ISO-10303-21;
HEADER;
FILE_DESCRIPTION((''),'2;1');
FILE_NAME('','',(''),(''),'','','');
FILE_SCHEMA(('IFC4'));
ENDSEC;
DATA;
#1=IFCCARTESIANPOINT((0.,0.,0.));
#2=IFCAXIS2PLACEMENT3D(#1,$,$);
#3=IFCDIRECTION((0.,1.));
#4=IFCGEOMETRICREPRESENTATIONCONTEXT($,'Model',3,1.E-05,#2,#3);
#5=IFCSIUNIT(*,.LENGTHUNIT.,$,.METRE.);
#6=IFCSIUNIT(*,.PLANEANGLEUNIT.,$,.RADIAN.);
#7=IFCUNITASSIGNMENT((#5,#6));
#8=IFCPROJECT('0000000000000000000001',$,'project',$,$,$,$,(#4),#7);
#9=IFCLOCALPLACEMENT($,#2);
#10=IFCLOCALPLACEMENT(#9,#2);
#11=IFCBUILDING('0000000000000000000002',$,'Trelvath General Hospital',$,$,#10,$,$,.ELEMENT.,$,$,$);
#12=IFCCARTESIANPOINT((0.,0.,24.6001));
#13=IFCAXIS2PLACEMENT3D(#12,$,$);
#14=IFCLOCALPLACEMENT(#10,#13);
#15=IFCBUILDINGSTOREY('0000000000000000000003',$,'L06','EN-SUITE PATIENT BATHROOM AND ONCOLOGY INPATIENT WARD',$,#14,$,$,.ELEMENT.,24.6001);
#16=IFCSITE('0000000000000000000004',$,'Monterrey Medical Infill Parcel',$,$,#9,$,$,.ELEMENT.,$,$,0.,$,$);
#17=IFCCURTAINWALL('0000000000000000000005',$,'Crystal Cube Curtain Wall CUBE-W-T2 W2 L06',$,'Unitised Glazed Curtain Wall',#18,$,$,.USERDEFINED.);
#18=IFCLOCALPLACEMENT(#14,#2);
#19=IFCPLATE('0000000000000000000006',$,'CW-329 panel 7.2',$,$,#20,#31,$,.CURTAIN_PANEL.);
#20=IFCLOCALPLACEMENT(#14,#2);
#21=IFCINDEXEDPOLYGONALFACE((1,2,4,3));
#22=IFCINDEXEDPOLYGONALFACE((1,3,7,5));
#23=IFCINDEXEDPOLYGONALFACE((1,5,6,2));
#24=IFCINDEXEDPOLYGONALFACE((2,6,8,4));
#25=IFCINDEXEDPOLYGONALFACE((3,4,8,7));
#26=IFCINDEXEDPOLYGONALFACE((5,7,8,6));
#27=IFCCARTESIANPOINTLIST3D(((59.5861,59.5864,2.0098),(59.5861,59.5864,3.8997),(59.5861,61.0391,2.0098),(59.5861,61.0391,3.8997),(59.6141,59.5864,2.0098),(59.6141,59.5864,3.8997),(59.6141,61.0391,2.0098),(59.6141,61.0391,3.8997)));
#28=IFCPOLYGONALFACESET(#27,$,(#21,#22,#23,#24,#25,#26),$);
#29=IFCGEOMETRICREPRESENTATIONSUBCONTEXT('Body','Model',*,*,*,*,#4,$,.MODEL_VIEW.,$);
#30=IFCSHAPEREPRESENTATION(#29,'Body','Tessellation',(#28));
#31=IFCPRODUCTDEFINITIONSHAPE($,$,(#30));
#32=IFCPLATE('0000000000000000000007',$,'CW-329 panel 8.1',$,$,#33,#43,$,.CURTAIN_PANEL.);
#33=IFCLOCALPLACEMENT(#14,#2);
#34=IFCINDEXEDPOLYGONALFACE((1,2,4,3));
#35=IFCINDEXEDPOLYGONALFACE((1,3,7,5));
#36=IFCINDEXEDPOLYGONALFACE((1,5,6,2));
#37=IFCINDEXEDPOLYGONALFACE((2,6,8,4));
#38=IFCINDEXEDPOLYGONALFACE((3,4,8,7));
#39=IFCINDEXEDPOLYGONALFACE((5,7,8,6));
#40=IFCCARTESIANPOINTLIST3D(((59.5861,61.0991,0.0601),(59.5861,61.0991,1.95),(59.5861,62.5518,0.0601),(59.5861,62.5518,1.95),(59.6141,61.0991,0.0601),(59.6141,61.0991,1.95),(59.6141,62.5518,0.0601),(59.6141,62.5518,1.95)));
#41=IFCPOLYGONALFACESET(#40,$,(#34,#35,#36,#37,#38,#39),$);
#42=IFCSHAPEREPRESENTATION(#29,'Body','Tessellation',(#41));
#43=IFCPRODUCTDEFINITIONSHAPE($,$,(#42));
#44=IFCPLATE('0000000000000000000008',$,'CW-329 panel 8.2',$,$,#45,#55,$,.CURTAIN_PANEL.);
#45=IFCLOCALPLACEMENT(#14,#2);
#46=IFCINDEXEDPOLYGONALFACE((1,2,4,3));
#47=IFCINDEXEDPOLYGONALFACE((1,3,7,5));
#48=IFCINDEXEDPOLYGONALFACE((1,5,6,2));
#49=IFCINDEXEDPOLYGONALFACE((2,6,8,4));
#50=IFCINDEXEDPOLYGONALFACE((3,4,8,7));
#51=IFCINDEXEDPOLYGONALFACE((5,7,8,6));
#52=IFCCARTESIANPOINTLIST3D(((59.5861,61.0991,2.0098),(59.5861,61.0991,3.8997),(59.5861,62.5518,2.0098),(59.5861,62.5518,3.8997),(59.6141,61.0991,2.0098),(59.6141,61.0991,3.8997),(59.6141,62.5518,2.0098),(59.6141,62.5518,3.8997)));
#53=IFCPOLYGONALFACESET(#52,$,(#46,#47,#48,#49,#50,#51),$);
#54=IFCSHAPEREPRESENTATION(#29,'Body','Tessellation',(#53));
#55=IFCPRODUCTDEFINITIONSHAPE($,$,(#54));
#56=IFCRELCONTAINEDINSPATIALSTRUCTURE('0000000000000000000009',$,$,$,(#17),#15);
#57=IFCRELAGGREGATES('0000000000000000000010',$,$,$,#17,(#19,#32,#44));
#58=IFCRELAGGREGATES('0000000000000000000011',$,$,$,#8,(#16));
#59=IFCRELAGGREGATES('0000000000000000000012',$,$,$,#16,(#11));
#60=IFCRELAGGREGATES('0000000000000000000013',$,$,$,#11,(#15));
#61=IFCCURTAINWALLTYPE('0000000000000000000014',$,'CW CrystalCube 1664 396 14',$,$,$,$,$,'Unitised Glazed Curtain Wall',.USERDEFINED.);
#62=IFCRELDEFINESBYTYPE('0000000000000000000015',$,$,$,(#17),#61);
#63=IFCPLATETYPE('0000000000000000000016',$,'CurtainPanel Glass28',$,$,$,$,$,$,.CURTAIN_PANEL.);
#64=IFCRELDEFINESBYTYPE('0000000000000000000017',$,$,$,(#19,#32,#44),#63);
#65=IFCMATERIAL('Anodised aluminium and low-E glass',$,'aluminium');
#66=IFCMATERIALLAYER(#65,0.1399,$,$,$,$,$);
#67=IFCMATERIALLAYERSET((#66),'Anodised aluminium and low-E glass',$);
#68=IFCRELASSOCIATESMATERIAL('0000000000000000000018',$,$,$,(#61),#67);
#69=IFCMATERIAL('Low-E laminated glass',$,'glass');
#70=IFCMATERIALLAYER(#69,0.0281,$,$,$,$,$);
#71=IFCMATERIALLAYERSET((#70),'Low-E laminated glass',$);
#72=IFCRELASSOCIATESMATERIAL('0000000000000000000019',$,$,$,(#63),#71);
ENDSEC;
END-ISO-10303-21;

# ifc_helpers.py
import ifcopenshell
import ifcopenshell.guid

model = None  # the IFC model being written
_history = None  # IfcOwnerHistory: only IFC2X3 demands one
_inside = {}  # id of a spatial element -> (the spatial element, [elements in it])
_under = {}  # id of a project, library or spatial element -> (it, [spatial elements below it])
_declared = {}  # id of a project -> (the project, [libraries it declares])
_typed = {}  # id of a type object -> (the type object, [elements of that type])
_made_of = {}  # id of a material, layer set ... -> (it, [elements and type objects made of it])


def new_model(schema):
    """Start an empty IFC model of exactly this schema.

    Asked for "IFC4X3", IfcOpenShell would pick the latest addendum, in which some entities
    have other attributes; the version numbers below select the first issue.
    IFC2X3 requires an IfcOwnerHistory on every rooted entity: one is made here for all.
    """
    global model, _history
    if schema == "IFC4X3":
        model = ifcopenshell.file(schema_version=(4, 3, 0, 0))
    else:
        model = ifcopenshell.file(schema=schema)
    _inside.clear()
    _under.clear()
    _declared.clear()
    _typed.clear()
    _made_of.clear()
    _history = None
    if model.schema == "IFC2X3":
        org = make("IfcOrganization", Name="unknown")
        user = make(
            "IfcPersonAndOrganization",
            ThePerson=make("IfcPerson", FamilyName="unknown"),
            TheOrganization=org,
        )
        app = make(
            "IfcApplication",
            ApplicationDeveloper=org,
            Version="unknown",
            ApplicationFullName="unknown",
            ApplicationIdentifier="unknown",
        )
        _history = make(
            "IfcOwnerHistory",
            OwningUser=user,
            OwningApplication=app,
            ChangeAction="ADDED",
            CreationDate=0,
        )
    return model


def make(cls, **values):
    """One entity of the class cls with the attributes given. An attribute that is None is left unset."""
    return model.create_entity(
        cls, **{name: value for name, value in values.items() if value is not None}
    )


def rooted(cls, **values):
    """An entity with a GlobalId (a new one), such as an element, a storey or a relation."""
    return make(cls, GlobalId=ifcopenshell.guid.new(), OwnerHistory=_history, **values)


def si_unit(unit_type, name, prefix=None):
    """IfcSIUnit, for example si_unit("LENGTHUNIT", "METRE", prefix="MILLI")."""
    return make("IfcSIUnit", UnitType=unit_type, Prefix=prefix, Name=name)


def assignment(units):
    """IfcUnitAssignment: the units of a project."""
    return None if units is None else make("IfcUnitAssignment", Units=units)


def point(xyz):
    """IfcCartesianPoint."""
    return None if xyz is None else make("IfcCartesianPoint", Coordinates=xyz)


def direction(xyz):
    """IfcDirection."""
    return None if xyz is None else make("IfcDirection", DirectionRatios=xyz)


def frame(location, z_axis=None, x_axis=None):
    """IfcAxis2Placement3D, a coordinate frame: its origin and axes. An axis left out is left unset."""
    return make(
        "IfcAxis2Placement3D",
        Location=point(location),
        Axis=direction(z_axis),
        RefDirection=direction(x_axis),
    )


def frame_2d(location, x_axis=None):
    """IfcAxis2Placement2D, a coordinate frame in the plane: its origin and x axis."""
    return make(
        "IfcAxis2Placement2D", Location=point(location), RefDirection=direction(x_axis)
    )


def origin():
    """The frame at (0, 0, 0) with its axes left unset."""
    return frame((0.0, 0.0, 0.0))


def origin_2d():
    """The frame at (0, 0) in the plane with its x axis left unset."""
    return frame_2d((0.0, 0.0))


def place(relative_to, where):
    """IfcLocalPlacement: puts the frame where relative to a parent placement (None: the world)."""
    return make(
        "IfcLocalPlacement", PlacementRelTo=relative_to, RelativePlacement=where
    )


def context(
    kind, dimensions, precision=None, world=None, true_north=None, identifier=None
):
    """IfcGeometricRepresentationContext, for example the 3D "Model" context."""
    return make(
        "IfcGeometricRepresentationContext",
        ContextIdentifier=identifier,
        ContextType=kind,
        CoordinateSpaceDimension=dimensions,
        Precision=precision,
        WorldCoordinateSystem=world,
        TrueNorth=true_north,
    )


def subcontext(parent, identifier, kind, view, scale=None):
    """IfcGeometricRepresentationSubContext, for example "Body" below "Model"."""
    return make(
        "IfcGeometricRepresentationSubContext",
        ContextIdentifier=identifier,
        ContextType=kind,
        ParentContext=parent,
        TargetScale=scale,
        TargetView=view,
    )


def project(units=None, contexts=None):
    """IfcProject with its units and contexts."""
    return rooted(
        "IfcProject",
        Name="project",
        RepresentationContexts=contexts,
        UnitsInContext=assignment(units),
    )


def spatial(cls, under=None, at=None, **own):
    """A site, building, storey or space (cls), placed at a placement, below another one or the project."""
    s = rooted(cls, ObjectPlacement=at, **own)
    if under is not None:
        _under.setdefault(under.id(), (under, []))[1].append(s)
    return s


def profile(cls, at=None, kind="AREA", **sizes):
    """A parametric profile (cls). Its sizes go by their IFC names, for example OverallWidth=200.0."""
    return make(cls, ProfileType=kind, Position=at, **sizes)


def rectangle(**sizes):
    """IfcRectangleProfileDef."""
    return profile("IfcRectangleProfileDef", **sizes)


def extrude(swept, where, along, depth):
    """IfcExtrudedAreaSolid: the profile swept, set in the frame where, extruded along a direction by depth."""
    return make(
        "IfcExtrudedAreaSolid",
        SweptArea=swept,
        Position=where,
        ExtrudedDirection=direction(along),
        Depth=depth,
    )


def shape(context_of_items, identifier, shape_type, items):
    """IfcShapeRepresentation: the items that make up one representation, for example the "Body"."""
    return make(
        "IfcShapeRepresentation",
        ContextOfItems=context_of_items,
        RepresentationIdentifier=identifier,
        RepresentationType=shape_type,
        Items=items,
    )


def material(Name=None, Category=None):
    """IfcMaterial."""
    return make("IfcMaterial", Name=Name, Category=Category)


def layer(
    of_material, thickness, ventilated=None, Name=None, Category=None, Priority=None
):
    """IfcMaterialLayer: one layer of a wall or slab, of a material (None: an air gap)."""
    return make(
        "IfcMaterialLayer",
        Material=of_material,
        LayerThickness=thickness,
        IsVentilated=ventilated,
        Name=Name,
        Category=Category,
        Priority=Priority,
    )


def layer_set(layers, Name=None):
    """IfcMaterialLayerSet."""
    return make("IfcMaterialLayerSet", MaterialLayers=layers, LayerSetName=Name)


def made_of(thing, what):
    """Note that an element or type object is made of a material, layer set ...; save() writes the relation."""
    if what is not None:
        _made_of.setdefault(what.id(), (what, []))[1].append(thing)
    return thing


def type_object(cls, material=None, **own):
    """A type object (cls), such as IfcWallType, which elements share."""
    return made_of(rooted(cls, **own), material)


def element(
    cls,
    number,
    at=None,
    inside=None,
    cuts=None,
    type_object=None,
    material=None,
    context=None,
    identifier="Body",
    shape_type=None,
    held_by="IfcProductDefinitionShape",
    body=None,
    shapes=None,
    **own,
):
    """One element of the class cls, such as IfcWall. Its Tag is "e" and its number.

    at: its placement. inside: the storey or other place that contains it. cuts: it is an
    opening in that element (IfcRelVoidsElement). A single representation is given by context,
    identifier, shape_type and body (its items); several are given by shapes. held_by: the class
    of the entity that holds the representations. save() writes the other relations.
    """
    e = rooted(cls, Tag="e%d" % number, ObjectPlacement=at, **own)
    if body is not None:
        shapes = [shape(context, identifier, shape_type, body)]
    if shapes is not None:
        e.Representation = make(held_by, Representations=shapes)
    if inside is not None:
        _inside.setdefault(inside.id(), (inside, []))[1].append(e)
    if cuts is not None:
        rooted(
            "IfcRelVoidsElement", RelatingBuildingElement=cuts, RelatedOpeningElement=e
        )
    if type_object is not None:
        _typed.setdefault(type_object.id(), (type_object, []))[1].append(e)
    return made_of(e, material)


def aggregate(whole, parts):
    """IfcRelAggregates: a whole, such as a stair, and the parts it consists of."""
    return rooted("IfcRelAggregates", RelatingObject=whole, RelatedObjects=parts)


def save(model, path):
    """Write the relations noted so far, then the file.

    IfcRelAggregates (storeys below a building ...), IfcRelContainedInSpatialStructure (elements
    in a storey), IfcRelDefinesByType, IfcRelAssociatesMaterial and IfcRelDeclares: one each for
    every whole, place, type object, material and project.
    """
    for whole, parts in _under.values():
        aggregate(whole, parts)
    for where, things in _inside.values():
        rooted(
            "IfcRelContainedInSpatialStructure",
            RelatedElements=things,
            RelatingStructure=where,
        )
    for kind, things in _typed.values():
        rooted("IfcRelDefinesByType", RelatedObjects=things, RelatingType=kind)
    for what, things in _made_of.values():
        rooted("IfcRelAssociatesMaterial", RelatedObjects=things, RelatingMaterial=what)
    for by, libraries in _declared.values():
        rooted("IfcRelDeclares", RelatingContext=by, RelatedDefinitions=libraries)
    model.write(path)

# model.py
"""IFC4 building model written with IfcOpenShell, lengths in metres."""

from ifc_helpers import new_model, si_unit, direction, frame, origin, origin_2d, place, context, subcontext, project, spatial, rectangle, extrude, material, layer, layer_set, type_object, element, aggregate, save


model = new_model("IFC4")

# Units and contexts
model_context = context("Model", 3, precision=1e-05, world=origin(), true_north=direction((0.0, 1.0)))
body_context = subcontext(model_context, "Body", "Model", "MODEL_VIEW")
ifc_project = project(units=[si_unit("LENGTHUNIT", "METRE"), si_unit("PLANEANGLEUNIT", "RADIAN")], contexts=[model_context])

# Site, building, storey
site_placement = place(None, origin())
site = spatial("IfcSite", under=ifc_project, at=site_placement, Name="Monterrey Medical Infill Parcel", CompositionType="ELEMENT", RefElevation=0.0)
building_placement = place(site_placement, origin())
building = spatial("IfcBuilding", under=site, at=building_placement, Name="Trelvath General Hospital", CompositionType="ELEMENT")
storey_placement = place(building_placement, frame((0.0, 0.0, 24.6001)))
storey = spatial("IfcBuildingStorey", under=building, at=storey_placement, Name="L06", Description="EN-SUITE PATIENT BATHROOM AND ONCOLOGY INPATIENT WARD", CompositionType="ELEMENT", Elevation=24.6001)

# Curtain wall, plates
ifc_material_1 = material(Name="Anodised aluminium and low-E glass", Category="aluminium")
ifc_layer_1 = layer(ifc_material_1, 0.1399)
ifc_layer_set_1 = layer_set([ifc_layer_1], Name="Anodised aluminium and low-E glass")
curtain_wall_type = type_object("IfcCurtainWallType", Name="CW CrystalCube 1664 396 14", ElementType="Unitised Glazed Curtain Wall", PredefinedType="USERDEFINED", material=ifc_layer_set_1)
curtain_wall_placement = place(storey_placement, origin())
curtain_wall = element("IfcCurtainWall", 1, at=curtain_wall_placement, inside=storey, type_object=curtain_wall_type, Name="Crystal Cube Curtain Wall CUBE-W-T2 W2 L06", ObjectType="Unitised Glazed Curtain Wall", PredefinedType="USERDEFINED")
ifc_material_2 = material(Name="Low-E laminated glass", Category="glass")
ifc_layer_2 = layer(ifc_material_2, 0.0281)
ifc_layer_set_2 = layer_set([ifc_layer_2], Name="Low-E laminated glass")
plate_type = type_object("IfcPlateType", Name="CurtainPanel Glass28", PredefinedType="CURTAIN_PANEL", material=ifc_layer_set_2)
plate_1_placement = place(storey_placement, frame((59.6001, 60.3127, 2.0098), z_axis=(0.0, 0.0, 1.0), x_axis=(0.0, 1.0, 0.0)))
plate_1 = element("IfcPlate", 2, at=plate_1_placement, type_object=plate_type, Name="CW-329 panel 7.2", PredefinedType="CURTAIN_PANEL", context=body_context, shape_type="SweptSolid", body=[
    extrude(rectangle(XDim=1.4526, YDim=0.0281, at=origin_2d()), origin(), (0.0, 0.0, 1.0), 1.8899),
])
plate_2_placement = place(storey_placement, frame((59.6001, 61.8254, 0.0601), z_axis=(0.0, 0.0, 1.0), x_axis=(0.0, 1.0, 0.0)))
plate_2 = element("IfcPlate", 3, at=plate_2_placement, type_object=plate_type, Name="CW-329 panel 8.1", PredefinedType="CURTAIN_PANEL", context=body_context, shape_type="SweptSolid", body=[
    extrude(rectangle(XDim=1.4526, YDim=0.0281, at=origin_2d()), origin(), (0.0, 0.0, 1.0), 1.8899),
])
plate_3_placement = place(storey_placement, frame((59.6001, 61.8254, 2.0098), z_axis=(0.0, 0.0, 1.0), x_axis=(0.0, 1.0, 0.0)))
plate_3 = element("IfcPlate", 4, at=plate_3_placement, type_object=plate_type, Name="CW-329 panel 8.2", PredefinedType="CURTAIN_PANEL", context=body_context, shape_type="SweptSolid", body=[
    extrude(rectangle(XDim=1.4526, YDim=0.0281, at=origin_2d()), origin(), (0.0, 0.0, 1.0), 1.8899),
])
aggregate(curtain_wall, [plate_1, plate_2, plate_3])

save(model, "model.ifc")
